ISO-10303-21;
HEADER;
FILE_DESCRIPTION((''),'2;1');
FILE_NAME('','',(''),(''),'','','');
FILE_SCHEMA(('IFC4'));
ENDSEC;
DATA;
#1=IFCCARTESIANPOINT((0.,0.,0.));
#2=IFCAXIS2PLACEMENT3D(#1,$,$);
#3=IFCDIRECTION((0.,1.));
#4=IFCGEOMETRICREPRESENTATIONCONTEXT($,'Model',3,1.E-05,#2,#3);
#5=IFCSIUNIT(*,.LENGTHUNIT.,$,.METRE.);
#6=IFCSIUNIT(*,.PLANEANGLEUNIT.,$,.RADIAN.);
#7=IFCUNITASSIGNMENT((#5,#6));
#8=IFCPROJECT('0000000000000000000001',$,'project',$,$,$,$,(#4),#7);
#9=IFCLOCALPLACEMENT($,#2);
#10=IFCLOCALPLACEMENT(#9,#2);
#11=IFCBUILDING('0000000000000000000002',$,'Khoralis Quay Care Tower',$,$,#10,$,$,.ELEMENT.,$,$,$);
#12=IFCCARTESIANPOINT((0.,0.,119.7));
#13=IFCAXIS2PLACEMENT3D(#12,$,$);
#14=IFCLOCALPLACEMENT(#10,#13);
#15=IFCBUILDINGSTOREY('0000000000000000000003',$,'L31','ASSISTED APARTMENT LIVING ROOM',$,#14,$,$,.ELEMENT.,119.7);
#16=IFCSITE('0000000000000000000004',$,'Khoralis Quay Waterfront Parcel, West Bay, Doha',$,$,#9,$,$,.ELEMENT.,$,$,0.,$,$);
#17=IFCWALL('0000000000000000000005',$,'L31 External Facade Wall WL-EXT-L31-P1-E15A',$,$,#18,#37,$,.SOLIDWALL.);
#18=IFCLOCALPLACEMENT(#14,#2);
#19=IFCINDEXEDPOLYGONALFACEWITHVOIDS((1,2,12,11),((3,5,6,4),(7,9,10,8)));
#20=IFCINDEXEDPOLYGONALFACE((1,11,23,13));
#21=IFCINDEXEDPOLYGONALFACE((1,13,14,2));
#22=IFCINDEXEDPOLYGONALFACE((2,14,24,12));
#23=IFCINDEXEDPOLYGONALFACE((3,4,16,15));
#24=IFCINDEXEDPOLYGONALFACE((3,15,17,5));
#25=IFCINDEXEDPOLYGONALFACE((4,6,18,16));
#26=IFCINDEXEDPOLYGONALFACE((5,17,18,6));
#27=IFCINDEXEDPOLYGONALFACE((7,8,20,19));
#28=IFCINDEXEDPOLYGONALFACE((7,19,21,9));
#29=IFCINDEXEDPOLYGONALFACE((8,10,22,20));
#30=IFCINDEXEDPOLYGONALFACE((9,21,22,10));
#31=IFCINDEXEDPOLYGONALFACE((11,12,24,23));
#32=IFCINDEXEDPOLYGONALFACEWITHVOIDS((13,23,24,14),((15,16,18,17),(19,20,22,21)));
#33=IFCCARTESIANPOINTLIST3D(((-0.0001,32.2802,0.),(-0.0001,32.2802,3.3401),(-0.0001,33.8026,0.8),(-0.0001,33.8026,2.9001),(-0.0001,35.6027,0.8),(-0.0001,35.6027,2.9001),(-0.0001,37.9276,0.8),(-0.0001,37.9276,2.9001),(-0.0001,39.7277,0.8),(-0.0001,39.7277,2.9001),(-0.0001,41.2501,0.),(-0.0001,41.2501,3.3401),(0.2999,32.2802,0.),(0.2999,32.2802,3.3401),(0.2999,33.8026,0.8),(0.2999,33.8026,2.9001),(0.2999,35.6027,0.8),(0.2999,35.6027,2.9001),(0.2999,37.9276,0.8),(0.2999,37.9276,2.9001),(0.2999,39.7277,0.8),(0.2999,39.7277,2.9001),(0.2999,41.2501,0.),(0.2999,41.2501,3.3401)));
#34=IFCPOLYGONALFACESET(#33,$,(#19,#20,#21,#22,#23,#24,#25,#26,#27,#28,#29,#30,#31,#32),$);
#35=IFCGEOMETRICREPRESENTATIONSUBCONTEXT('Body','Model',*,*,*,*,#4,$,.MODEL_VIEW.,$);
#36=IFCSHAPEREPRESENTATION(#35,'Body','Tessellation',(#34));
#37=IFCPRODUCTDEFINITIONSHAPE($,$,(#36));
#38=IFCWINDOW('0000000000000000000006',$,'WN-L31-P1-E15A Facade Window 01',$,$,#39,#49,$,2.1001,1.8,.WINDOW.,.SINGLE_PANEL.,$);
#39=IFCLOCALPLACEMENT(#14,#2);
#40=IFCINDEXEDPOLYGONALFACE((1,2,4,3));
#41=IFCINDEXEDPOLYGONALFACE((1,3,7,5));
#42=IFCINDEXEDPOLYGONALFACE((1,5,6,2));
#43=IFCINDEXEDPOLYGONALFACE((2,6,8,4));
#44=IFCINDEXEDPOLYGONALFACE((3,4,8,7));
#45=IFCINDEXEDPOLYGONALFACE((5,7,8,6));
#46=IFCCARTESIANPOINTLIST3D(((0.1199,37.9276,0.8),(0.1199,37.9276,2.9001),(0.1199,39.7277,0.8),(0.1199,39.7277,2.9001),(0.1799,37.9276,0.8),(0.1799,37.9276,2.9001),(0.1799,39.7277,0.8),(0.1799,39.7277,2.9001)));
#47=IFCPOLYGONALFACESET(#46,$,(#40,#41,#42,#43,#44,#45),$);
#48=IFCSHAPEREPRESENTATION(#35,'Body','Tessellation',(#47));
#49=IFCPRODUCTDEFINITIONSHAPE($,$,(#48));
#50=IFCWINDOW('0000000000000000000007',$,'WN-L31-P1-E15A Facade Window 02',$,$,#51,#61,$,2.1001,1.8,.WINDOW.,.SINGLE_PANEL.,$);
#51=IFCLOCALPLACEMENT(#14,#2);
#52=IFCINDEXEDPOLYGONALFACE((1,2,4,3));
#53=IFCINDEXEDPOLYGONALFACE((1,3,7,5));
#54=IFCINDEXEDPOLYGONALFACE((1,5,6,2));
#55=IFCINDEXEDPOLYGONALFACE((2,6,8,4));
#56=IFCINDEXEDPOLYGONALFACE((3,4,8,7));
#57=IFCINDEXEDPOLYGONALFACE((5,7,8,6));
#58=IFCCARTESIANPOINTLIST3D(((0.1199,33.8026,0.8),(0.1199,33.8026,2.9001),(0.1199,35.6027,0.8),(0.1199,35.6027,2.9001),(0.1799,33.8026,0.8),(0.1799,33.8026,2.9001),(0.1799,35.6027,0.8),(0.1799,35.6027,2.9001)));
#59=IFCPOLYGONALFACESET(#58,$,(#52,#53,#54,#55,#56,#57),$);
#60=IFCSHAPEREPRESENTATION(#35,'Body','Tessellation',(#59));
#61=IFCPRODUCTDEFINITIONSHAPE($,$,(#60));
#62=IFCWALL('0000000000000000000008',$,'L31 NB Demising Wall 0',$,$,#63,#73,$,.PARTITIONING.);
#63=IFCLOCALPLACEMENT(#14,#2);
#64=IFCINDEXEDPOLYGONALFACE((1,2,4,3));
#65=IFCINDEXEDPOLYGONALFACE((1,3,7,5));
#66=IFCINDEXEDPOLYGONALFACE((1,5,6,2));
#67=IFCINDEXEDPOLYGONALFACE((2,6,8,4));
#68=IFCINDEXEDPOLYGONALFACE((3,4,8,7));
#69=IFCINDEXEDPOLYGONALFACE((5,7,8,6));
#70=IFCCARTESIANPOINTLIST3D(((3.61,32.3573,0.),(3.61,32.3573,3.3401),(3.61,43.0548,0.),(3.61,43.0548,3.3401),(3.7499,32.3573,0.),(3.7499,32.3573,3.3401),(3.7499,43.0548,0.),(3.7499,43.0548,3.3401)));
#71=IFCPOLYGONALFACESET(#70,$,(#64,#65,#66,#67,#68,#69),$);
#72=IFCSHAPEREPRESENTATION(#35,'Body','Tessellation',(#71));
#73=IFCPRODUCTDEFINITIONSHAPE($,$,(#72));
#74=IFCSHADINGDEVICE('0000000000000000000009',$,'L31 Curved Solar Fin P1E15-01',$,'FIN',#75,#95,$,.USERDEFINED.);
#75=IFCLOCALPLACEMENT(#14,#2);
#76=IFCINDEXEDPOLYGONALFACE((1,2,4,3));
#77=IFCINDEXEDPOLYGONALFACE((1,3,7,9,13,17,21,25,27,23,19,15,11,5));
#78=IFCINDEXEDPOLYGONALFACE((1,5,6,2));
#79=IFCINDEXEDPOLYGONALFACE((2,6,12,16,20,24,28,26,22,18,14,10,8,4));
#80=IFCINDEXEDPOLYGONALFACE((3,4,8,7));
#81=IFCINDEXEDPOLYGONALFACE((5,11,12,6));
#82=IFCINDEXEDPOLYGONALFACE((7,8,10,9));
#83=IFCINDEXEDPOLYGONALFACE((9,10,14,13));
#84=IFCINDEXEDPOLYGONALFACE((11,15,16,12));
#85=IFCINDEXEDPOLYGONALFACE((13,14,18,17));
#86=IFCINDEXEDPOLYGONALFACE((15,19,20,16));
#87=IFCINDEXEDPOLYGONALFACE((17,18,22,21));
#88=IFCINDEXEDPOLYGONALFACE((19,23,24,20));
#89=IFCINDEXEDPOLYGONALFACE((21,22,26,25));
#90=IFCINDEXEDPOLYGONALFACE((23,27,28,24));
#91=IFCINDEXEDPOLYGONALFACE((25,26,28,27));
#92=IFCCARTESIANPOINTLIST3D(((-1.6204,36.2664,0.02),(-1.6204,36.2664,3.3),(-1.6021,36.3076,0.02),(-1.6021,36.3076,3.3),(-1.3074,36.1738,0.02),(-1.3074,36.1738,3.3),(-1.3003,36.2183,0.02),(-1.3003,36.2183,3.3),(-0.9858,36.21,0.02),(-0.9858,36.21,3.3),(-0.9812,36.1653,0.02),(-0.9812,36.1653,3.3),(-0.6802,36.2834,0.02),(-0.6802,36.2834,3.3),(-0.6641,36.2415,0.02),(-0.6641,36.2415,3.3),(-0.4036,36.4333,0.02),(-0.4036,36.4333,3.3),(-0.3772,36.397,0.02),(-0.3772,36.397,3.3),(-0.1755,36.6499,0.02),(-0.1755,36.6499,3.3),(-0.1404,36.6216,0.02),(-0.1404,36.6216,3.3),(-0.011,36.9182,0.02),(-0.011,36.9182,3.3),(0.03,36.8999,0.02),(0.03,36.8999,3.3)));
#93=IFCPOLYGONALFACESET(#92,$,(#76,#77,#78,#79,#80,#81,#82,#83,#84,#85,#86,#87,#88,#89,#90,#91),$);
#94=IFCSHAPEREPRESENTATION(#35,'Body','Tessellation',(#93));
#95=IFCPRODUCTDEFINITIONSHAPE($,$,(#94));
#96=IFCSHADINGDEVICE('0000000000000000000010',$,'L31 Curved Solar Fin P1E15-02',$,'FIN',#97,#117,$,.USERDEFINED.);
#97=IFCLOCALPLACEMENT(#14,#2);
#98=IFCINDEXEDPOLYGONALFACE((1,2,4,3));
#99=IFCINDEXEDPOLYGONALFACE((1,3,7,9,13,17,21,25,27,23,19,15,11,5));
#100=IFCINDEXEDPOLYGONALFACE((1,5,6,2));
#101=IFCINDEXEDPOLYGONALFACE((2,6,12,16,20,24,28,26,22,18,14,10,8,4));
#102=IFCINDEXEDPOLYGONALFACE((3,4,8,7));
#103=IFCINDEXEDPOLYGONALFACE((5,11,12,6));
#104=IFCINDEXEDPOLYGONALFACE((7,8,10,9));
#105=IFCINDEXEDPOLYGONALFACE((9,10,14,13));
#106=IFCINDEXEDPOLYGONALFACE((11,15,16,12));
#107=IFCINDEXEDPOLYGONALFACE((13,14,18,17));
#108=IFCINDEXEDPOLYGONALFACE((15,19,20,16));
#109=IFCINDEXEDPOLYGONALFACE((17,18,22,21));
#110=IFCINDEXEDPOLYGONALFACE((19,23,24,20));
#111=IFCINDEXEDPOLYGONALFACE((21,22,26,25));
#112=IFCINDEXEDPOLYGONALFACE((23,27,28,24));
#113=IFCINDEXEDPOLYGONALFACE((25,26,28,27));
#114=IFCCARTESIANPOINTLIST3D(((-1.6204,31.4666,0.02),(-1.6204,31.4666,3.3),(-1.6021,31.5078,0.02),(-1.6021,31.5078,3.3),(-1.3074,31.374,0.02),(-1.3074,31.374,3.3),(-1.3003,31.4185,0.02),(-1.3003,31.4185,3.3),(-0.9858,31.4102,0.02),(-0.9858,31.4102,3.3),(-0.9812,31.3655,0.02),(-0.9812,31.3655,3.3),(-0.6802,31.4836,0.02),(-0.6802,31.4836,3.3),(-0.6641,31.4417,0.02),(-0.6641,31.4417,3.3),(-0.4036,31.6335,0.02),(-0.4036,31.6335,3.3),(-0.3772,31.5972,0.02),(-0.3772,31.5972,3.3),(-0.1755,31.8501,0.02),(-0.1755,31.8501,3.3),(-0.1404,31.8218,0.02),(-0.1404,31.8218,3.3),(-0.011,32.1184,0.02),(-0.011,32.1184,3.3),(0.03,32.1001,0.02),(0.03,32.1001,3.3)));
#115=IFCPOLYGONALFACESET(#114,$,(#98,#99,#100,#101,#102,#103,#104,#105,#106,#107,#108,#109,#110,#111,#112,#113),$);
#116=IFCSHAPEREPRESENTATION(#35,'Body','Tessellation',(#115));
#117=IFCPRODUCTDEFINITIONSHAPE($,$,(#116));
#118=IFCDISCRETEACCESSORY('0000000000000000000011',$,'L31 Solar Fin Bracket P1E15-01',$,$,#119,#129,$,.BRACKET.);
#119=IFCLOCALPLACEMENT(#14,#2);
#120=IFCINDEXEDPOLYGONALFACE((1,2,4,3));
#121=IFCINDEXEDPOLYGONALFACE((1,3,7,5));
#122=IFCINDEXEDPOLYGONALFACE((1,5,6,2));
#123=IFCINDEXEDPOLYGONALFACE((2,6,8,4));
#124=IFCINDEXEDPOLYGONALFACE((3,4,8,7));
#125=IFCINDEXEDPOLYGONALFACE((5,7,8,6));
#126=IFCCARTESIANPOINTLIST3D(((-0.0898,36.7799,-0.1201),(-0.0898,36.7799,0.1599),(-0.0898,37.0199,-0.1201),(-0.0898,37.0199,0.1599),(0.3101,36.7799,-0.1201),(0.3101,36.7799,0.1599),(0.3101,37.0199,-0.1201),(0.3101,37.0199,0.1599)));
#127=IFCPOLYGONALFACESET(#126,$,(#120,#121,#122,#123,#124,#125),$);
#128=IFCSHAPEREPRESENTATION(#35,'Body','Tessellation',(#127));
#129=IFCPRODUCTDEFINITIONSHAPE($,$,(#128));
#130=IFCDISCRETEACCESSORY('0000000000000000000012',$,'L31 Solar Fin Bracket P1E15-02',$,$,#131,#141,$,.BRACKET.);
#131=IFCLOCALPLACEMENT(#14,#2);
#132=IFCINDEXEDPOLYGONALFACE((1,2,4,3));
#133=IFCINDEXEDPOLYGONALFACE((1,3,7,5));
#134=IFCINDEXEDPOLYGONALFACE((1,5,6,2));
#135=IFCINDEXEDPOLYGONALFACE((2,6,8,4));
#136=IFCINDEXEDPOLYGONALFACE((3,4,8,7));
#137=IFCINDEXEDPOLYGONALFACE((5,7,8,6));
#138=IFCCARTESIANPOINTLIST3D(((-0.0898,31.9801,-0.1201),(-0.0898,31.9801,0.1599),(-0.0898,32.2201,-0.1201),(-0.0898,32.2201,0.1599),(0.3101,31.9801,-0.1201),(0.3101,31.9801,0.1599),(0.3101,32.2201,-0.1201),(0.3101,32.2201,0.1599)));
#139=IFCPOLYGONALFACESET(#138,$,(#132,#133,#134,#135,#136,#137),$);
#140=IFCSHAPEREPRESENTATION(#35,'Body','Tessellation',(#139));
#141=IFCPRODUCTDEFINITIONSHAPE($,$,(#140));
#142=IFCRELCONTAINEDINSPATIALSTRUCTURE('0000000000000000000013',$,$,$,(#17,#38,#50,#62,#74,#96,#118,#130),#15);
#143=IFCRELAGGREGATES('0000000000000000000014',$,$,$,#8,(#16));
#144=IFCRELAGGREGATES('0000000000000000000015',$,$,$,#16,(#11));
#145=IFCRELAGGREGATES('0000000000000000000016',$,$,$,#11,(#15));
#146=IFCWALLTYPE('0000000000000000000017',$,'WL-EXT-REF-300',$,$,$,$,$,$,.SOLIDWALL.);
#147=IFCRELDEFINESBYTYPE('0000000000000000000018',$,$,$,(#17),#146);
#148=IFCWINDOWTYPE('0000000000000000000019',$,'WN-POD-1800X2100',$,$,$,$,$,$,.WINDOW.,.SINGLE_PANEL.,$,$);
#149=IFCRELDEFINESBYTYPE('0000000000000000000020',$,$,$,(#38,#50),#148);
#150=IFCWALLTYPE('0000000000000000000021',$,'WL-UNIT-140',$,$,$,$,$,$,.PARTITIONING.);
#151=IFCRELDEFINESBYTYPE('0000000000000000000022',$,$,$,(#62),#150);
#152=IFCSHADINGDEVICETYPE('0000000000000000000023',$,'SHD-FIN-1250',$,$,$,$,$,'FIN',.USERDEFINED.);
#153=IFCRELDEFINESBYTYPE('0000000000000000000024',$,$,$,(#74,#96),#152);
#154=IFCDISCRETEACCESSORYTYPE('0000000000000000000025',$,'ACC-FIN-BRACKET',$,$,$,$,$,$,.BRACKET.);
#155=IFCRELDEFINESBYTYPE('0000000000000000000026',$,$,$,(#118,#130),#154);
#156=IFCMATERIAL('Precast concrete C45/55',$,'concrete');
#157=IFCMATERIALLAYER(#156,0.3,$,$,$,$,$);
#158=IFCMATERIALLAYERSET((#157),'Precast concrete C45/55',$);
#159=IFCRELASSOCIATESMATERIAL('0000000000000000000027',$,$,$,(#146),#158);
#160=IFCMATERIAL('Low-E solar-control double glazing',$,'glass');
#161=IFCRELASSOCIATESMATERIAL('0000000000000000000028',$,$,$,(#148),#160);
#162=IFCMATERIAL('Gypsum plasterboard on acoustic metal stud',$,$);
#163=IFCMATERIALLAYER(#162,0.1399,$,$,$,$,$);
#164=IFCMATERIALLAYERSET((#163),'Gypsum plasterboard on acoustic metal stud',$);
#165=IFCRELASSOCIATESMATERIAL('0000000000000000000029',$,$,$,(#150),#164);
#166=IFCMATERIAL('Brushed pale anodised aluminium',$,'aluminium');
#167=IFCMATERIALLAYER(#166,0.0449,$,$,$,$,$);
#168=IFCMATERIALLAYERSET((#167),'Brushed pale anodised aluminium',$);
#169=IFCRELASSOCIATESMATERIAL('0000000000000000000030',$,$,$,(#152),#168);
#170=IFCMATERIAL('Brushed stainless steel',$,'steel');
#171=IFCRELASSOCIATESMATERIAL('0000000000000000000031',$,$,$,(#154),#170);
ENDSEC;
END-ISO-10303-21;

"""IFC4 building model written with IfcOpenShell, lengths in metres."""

from ifc_helpers import new_model, si_unit, direction, frame, frame_2d, origin, origin_2d, place, context, subcontext, project, spatial, polyline, rectangle, outline, extrude, source, transform, mapped, material, layer, layer_set, type_object, element, fill, save


model = new_model("IFC4")

# Units and contexts
model_context = context("Model", 3, precision=1e-05, world=origin(), true_north=direction((0.0, 1.0)))
body_context = subcontext(model_context, "Body", "Model", "MODEL_VIEW")
ifc_project = project(units=[si_unit("LENGTHUNIT", "METRE"), si_unit("PLANEANGLEUNIT", "RADIAN")], contexts=[model_context])

# Site, building, storey
site_placement = place(None, origin())
site = spatial("IfcSite", under=ifc_project, at=site_placement, Name="Khoralis Quay Waterfront Parcel, West Bay, Doha", CompositionType="ELEMENT", RefElevation=0.0)
building_placement = place(site_placement, origin())
building = spatial("IfcBuilding", under=site, at=building_placement, Name="Khoralis Quay Care Tower", CompositionType="ELEMENT")
storey_placement = place(building_placement, frame((0.0, 0.0, 119.7)))
storey = spatial("IfcBuildingStorey", under=building, at=storey_placement, Name="L31", Description="ASSISTED APARTMENT LIVING ROOM", CompositionType="ELEMENT", Elevation=119.7)

# Shared definitions
ifc_material_1 = material(Name="Low-E solar-control double glazing", Category="glass")

# Shared definitions
ifc_material_2 = material(Name="Gypsum plasterboard on acoustic metal stud")

# Shared definitions
ifc_material_3 = material(Name="Precast concrete C45/55", Category="concrete")
ifc_layer_1 = layer(ifc_material_3, 0.3)
ifc_layer_set_1 = layer_set([ifc_layer_1], Name="Precast concrete C45/55")
wall_type_1 = type_object("IfcWallType", Name="WL-EXT-REF-300", PredefinedType="SOLIDWALL", material=ifc_layer_set_1)

# Wall, openings, windows
wall_1_placement = place(storey_placement, frame((0.1499, 41.25, 0.0), z_axis=(0.0, 0.0, 1.0), x_axis=(0.0, -1.0, 0.0)))
wall_1 = element("IfcWall", 1, at=wall_1_placement, inside=storey, type_object=wall_type_1, Name="L31 External Facade Wall WL-EXT-L31-P1-E15A", PredefinedType="SOLIDWALL", context=body_context, shape_type="SweptSolid", body=[
    extrude(rectangle(XDim=8.97, YDim=0.3, at=frame_2d((4.4849, 0.0))), origin(), (0.0, 0.0, 1.0), 3.3401),
])
opening_1_placement = place(wall_1_placement, frame((1.5225, 0.0, 0.8)))
opening_1 = element("IfcOpeningElement", 2, at=opening_1_placement, cuts=wall_1, PredefinedType="OPENING", context=body_context, shape_type="SweptSolid", body=[
    extrude(rectangle(XDim=1.8, YDim=2.1001, at=frame_2d((0.8999, 1.05))), frame((0.0, 0.1602, 0.0), z_axis=(0.0, -1.0, 0.0), x_axis=(1.0, 0.0, 0.0)), (0.0, 0.0, 1.0), 0.3201),
])
opening_2_placement = place(wall_1_placement, frame((5.6475, 0.0, 0.8)))
opening_2 = element("IfcOpeningElement", 3, at=opening_2_placement, cuts=wall_1, PredefinedType="OPENING", context=body_context, shape_type="SweptSolid", body=[
    extrude(rectangle(XDim=1.8, YDim=2.1001, at=frame_2d((0.8999, 1.05))), frame((0.0, 0.1602, 0.0), z_axis=(0.0, -1.0, 0.0), x_axis=(1.0, 0.0, 0.0)), (0.0, 0.0, 1.0), 0.3201),
])
window_type = type_object("IfcWindowType", Name="WN-POD-1800X2100", PartitioningType="SINGLE_PANEL", PredefinedType="WINDOW", material=ifc_material_1)
shared_shape_1 = source(origin(), body_context, "Body", "SweptSolid", [
    extrude(rectangle(XDim=1.8, YDim=2.1001, at=frame_2d((0.8999, 1.05))), frame((0.0, 0.03, 0.0), z_axis=(0.0, -1.0, 0.0), x_axis=(1.0, 0.0, 0.0)), (0.0, 0.0, 1.0), 0.0601),
])
window_1_placement = place(opening_1_placement, origin())
window_1 = element("IfcWindow", 4, at=window_1_placement, inside=storey, type_object=window_type, Name="WN-L31-P1-E15A Facade Window 01", OverallHeight=2.1001, OverallWidth=1.8, PartitioningType="SINGLE_PANEL", PredefinedType="WINDOW", context=body_context, shape_type="MappedRepresentation", body=[
    mapped(shared_shape_1, transform((0.0, 0.0, 0.0), scale=1.0)),
])
fill(opening_1, window_1)
window_2_placement = place(opening_2_placement, origin())
window_2 = element("IfcWindow", 5, at=window_2_placement, inside=storey, type_object=window_type, Name="WN-L31-P1-E15A Facade Window 02", OverallHeight=2.1001, OverallWidth=1.8, PartitioningType="SINGLE_PANEL", PredefinedType="WINDOW", context=body_context, shape_type="MappedRepresentation", body=[
    mapped(shared_shape_1, transform((0.0, 0.0, 0.0), scale=1.0)),
])
fill(opening_2, window_2)

# Wall
ifc_layer_2 = layer(ifc_material_2, 0.1399)
ifc_layer_set_2 = layer_set([ifc_layer_2], Name="Gypsum plasterboard on acoustic metal stud")
wall_type_2 = type_object("IfcWallType", Name="WL-UNIT-140", PredefinedType="PARTITIONING", material=ifc_layer_set_2)
wall_2_placement = place(storey_placement, frame((3.6799, 32.3574, 0.0), z_axis=(0.0, 0.0, 1.0), x_axis=(0.0, 1.0, 0.0)))
element("IfcWall", 6, at=wall_2_placement, inside=storey, type_object=wall_type_2, Name="L31 NB Demising Wall 0", PredefinedType="PARTITIONING", context=body_context, shape_type="SweptSolid", body=[
    extrude(rectangle(XDim=10.6975, YDim=0.1399, at=frame_2d((5.3486, 0.0))), origin(), (0.0, 0.0, 1.0), 3.3401),
])

# Shading devices
ifc_material_4 = material(Name="Brushed pale anodised aluminium", Category="aluminium")
ifc_layer_3 = layer(ifc_material_4, 0.0449)
ifc_layer_set_3 = layer_set([ifc_layer_3], Name="Brushed pale anodised aluminium")
shading_device_type = type_object("IfcShadingDeviceType", Name="SHD-FIN-1250", ElementType="FIN", PredefinedType="USERDEFINED", material=ifc_layer_set_3)
shared_shape_2 = source(origin(), body_context, "Body", "SweptSolid", [
    extrude(outline(polyline([(0.0, 0.0), (0.1704, 0.2783), (0.4072, 0.5029), (0.6941, 0.6584), (1.0112, 0.7346), (1.3374, 0.7261), (1.6504, 0.6335), (1.6321, 0.5923), (1.3303, 0.6816), (1.0159, 0.6899), (0.7102, 0.6165), (0.4336, 0.4666), (0.2056, 0.25), (0.041, -0.0183), (0.0, 0.0)])), origin(), (0.0, 0.0, 1.0), 3.28),
])
for number, where, z_axis, x_axis, name in (
    (7, (0.03, 36.8999, 0.02), (0.0, 0.0, 1.0), (-1.0, 0.0, 0.0), "L31 Curved Solar Fin P1E15-01"),
    (8, (0.03, 32.1001, 0.02), (0.0, 0.0, 1.0), (-1.0, 0.0, 0.0), "L31 Curved Solar Fin P1E15-02"),
):
    element("IfcShadingDevice", number, at=place(storey_placement, frame(where, z_axis=z_axis, x_axis=x_axis)), inside=storey, type_object=shading_device_type, Name=name, ObjectType="FIN", PredefinedType="USERDEFINED", context=body_context, shape_type="MappedRepresentation", body=[
        mapped(shared_shape_2, transform((0.0, 0.0, 0.0), scale=1.0)),
    ])

# Discrete accessories
ifc_material_5 = material(Name="Brushed stainless steel", Category="steel")
discrete_accessory_type = type_object("IfcDiscreteAccessoryType", Name="ACC-FIN-BRACKET", PredefinedType="BRACKET", material=ifc_material_5)
shared_shape_3 = source(origin(), body_context, "Body", "SweptSolid", [
    extrude(rectangle(XDim=0.3999, YDim=0.24, at=origin_2d()), origin(), (0.0, 0.0, 1.0), 0.28),
])
for number, where, z_axis, x_axis, name in (
    (9, (0.1101, 36.8999, -0.1201), (0.0, 0.0, 1.0), (-1.0, 0.0, 0.0), "L31 Solar Fin Bracket P1E15-01"),
    (10, (0.1101, 32.1001, -0.1201), (0.0, 0.0, 1.0), (-1.0, 0.0, 0.0), "L31 Solar Fin Bracket P1E15-02"),
):
    element("IfcDiscreteAccessory", number, at=place(storey_placement, frame(where, z_axis=z_axis, x_axis=x_axis)), inside=storey, type_object=discrete_accessory_type, Name=name, PredefinedType="BRACKET", context=body_context, shape_type="MappedRepresentation", body=[
        mapped(shared_shape_3, transform((0.0, 0.0, 0.0), scale=1.0)),
    ])

save(model, "model.ifc")
